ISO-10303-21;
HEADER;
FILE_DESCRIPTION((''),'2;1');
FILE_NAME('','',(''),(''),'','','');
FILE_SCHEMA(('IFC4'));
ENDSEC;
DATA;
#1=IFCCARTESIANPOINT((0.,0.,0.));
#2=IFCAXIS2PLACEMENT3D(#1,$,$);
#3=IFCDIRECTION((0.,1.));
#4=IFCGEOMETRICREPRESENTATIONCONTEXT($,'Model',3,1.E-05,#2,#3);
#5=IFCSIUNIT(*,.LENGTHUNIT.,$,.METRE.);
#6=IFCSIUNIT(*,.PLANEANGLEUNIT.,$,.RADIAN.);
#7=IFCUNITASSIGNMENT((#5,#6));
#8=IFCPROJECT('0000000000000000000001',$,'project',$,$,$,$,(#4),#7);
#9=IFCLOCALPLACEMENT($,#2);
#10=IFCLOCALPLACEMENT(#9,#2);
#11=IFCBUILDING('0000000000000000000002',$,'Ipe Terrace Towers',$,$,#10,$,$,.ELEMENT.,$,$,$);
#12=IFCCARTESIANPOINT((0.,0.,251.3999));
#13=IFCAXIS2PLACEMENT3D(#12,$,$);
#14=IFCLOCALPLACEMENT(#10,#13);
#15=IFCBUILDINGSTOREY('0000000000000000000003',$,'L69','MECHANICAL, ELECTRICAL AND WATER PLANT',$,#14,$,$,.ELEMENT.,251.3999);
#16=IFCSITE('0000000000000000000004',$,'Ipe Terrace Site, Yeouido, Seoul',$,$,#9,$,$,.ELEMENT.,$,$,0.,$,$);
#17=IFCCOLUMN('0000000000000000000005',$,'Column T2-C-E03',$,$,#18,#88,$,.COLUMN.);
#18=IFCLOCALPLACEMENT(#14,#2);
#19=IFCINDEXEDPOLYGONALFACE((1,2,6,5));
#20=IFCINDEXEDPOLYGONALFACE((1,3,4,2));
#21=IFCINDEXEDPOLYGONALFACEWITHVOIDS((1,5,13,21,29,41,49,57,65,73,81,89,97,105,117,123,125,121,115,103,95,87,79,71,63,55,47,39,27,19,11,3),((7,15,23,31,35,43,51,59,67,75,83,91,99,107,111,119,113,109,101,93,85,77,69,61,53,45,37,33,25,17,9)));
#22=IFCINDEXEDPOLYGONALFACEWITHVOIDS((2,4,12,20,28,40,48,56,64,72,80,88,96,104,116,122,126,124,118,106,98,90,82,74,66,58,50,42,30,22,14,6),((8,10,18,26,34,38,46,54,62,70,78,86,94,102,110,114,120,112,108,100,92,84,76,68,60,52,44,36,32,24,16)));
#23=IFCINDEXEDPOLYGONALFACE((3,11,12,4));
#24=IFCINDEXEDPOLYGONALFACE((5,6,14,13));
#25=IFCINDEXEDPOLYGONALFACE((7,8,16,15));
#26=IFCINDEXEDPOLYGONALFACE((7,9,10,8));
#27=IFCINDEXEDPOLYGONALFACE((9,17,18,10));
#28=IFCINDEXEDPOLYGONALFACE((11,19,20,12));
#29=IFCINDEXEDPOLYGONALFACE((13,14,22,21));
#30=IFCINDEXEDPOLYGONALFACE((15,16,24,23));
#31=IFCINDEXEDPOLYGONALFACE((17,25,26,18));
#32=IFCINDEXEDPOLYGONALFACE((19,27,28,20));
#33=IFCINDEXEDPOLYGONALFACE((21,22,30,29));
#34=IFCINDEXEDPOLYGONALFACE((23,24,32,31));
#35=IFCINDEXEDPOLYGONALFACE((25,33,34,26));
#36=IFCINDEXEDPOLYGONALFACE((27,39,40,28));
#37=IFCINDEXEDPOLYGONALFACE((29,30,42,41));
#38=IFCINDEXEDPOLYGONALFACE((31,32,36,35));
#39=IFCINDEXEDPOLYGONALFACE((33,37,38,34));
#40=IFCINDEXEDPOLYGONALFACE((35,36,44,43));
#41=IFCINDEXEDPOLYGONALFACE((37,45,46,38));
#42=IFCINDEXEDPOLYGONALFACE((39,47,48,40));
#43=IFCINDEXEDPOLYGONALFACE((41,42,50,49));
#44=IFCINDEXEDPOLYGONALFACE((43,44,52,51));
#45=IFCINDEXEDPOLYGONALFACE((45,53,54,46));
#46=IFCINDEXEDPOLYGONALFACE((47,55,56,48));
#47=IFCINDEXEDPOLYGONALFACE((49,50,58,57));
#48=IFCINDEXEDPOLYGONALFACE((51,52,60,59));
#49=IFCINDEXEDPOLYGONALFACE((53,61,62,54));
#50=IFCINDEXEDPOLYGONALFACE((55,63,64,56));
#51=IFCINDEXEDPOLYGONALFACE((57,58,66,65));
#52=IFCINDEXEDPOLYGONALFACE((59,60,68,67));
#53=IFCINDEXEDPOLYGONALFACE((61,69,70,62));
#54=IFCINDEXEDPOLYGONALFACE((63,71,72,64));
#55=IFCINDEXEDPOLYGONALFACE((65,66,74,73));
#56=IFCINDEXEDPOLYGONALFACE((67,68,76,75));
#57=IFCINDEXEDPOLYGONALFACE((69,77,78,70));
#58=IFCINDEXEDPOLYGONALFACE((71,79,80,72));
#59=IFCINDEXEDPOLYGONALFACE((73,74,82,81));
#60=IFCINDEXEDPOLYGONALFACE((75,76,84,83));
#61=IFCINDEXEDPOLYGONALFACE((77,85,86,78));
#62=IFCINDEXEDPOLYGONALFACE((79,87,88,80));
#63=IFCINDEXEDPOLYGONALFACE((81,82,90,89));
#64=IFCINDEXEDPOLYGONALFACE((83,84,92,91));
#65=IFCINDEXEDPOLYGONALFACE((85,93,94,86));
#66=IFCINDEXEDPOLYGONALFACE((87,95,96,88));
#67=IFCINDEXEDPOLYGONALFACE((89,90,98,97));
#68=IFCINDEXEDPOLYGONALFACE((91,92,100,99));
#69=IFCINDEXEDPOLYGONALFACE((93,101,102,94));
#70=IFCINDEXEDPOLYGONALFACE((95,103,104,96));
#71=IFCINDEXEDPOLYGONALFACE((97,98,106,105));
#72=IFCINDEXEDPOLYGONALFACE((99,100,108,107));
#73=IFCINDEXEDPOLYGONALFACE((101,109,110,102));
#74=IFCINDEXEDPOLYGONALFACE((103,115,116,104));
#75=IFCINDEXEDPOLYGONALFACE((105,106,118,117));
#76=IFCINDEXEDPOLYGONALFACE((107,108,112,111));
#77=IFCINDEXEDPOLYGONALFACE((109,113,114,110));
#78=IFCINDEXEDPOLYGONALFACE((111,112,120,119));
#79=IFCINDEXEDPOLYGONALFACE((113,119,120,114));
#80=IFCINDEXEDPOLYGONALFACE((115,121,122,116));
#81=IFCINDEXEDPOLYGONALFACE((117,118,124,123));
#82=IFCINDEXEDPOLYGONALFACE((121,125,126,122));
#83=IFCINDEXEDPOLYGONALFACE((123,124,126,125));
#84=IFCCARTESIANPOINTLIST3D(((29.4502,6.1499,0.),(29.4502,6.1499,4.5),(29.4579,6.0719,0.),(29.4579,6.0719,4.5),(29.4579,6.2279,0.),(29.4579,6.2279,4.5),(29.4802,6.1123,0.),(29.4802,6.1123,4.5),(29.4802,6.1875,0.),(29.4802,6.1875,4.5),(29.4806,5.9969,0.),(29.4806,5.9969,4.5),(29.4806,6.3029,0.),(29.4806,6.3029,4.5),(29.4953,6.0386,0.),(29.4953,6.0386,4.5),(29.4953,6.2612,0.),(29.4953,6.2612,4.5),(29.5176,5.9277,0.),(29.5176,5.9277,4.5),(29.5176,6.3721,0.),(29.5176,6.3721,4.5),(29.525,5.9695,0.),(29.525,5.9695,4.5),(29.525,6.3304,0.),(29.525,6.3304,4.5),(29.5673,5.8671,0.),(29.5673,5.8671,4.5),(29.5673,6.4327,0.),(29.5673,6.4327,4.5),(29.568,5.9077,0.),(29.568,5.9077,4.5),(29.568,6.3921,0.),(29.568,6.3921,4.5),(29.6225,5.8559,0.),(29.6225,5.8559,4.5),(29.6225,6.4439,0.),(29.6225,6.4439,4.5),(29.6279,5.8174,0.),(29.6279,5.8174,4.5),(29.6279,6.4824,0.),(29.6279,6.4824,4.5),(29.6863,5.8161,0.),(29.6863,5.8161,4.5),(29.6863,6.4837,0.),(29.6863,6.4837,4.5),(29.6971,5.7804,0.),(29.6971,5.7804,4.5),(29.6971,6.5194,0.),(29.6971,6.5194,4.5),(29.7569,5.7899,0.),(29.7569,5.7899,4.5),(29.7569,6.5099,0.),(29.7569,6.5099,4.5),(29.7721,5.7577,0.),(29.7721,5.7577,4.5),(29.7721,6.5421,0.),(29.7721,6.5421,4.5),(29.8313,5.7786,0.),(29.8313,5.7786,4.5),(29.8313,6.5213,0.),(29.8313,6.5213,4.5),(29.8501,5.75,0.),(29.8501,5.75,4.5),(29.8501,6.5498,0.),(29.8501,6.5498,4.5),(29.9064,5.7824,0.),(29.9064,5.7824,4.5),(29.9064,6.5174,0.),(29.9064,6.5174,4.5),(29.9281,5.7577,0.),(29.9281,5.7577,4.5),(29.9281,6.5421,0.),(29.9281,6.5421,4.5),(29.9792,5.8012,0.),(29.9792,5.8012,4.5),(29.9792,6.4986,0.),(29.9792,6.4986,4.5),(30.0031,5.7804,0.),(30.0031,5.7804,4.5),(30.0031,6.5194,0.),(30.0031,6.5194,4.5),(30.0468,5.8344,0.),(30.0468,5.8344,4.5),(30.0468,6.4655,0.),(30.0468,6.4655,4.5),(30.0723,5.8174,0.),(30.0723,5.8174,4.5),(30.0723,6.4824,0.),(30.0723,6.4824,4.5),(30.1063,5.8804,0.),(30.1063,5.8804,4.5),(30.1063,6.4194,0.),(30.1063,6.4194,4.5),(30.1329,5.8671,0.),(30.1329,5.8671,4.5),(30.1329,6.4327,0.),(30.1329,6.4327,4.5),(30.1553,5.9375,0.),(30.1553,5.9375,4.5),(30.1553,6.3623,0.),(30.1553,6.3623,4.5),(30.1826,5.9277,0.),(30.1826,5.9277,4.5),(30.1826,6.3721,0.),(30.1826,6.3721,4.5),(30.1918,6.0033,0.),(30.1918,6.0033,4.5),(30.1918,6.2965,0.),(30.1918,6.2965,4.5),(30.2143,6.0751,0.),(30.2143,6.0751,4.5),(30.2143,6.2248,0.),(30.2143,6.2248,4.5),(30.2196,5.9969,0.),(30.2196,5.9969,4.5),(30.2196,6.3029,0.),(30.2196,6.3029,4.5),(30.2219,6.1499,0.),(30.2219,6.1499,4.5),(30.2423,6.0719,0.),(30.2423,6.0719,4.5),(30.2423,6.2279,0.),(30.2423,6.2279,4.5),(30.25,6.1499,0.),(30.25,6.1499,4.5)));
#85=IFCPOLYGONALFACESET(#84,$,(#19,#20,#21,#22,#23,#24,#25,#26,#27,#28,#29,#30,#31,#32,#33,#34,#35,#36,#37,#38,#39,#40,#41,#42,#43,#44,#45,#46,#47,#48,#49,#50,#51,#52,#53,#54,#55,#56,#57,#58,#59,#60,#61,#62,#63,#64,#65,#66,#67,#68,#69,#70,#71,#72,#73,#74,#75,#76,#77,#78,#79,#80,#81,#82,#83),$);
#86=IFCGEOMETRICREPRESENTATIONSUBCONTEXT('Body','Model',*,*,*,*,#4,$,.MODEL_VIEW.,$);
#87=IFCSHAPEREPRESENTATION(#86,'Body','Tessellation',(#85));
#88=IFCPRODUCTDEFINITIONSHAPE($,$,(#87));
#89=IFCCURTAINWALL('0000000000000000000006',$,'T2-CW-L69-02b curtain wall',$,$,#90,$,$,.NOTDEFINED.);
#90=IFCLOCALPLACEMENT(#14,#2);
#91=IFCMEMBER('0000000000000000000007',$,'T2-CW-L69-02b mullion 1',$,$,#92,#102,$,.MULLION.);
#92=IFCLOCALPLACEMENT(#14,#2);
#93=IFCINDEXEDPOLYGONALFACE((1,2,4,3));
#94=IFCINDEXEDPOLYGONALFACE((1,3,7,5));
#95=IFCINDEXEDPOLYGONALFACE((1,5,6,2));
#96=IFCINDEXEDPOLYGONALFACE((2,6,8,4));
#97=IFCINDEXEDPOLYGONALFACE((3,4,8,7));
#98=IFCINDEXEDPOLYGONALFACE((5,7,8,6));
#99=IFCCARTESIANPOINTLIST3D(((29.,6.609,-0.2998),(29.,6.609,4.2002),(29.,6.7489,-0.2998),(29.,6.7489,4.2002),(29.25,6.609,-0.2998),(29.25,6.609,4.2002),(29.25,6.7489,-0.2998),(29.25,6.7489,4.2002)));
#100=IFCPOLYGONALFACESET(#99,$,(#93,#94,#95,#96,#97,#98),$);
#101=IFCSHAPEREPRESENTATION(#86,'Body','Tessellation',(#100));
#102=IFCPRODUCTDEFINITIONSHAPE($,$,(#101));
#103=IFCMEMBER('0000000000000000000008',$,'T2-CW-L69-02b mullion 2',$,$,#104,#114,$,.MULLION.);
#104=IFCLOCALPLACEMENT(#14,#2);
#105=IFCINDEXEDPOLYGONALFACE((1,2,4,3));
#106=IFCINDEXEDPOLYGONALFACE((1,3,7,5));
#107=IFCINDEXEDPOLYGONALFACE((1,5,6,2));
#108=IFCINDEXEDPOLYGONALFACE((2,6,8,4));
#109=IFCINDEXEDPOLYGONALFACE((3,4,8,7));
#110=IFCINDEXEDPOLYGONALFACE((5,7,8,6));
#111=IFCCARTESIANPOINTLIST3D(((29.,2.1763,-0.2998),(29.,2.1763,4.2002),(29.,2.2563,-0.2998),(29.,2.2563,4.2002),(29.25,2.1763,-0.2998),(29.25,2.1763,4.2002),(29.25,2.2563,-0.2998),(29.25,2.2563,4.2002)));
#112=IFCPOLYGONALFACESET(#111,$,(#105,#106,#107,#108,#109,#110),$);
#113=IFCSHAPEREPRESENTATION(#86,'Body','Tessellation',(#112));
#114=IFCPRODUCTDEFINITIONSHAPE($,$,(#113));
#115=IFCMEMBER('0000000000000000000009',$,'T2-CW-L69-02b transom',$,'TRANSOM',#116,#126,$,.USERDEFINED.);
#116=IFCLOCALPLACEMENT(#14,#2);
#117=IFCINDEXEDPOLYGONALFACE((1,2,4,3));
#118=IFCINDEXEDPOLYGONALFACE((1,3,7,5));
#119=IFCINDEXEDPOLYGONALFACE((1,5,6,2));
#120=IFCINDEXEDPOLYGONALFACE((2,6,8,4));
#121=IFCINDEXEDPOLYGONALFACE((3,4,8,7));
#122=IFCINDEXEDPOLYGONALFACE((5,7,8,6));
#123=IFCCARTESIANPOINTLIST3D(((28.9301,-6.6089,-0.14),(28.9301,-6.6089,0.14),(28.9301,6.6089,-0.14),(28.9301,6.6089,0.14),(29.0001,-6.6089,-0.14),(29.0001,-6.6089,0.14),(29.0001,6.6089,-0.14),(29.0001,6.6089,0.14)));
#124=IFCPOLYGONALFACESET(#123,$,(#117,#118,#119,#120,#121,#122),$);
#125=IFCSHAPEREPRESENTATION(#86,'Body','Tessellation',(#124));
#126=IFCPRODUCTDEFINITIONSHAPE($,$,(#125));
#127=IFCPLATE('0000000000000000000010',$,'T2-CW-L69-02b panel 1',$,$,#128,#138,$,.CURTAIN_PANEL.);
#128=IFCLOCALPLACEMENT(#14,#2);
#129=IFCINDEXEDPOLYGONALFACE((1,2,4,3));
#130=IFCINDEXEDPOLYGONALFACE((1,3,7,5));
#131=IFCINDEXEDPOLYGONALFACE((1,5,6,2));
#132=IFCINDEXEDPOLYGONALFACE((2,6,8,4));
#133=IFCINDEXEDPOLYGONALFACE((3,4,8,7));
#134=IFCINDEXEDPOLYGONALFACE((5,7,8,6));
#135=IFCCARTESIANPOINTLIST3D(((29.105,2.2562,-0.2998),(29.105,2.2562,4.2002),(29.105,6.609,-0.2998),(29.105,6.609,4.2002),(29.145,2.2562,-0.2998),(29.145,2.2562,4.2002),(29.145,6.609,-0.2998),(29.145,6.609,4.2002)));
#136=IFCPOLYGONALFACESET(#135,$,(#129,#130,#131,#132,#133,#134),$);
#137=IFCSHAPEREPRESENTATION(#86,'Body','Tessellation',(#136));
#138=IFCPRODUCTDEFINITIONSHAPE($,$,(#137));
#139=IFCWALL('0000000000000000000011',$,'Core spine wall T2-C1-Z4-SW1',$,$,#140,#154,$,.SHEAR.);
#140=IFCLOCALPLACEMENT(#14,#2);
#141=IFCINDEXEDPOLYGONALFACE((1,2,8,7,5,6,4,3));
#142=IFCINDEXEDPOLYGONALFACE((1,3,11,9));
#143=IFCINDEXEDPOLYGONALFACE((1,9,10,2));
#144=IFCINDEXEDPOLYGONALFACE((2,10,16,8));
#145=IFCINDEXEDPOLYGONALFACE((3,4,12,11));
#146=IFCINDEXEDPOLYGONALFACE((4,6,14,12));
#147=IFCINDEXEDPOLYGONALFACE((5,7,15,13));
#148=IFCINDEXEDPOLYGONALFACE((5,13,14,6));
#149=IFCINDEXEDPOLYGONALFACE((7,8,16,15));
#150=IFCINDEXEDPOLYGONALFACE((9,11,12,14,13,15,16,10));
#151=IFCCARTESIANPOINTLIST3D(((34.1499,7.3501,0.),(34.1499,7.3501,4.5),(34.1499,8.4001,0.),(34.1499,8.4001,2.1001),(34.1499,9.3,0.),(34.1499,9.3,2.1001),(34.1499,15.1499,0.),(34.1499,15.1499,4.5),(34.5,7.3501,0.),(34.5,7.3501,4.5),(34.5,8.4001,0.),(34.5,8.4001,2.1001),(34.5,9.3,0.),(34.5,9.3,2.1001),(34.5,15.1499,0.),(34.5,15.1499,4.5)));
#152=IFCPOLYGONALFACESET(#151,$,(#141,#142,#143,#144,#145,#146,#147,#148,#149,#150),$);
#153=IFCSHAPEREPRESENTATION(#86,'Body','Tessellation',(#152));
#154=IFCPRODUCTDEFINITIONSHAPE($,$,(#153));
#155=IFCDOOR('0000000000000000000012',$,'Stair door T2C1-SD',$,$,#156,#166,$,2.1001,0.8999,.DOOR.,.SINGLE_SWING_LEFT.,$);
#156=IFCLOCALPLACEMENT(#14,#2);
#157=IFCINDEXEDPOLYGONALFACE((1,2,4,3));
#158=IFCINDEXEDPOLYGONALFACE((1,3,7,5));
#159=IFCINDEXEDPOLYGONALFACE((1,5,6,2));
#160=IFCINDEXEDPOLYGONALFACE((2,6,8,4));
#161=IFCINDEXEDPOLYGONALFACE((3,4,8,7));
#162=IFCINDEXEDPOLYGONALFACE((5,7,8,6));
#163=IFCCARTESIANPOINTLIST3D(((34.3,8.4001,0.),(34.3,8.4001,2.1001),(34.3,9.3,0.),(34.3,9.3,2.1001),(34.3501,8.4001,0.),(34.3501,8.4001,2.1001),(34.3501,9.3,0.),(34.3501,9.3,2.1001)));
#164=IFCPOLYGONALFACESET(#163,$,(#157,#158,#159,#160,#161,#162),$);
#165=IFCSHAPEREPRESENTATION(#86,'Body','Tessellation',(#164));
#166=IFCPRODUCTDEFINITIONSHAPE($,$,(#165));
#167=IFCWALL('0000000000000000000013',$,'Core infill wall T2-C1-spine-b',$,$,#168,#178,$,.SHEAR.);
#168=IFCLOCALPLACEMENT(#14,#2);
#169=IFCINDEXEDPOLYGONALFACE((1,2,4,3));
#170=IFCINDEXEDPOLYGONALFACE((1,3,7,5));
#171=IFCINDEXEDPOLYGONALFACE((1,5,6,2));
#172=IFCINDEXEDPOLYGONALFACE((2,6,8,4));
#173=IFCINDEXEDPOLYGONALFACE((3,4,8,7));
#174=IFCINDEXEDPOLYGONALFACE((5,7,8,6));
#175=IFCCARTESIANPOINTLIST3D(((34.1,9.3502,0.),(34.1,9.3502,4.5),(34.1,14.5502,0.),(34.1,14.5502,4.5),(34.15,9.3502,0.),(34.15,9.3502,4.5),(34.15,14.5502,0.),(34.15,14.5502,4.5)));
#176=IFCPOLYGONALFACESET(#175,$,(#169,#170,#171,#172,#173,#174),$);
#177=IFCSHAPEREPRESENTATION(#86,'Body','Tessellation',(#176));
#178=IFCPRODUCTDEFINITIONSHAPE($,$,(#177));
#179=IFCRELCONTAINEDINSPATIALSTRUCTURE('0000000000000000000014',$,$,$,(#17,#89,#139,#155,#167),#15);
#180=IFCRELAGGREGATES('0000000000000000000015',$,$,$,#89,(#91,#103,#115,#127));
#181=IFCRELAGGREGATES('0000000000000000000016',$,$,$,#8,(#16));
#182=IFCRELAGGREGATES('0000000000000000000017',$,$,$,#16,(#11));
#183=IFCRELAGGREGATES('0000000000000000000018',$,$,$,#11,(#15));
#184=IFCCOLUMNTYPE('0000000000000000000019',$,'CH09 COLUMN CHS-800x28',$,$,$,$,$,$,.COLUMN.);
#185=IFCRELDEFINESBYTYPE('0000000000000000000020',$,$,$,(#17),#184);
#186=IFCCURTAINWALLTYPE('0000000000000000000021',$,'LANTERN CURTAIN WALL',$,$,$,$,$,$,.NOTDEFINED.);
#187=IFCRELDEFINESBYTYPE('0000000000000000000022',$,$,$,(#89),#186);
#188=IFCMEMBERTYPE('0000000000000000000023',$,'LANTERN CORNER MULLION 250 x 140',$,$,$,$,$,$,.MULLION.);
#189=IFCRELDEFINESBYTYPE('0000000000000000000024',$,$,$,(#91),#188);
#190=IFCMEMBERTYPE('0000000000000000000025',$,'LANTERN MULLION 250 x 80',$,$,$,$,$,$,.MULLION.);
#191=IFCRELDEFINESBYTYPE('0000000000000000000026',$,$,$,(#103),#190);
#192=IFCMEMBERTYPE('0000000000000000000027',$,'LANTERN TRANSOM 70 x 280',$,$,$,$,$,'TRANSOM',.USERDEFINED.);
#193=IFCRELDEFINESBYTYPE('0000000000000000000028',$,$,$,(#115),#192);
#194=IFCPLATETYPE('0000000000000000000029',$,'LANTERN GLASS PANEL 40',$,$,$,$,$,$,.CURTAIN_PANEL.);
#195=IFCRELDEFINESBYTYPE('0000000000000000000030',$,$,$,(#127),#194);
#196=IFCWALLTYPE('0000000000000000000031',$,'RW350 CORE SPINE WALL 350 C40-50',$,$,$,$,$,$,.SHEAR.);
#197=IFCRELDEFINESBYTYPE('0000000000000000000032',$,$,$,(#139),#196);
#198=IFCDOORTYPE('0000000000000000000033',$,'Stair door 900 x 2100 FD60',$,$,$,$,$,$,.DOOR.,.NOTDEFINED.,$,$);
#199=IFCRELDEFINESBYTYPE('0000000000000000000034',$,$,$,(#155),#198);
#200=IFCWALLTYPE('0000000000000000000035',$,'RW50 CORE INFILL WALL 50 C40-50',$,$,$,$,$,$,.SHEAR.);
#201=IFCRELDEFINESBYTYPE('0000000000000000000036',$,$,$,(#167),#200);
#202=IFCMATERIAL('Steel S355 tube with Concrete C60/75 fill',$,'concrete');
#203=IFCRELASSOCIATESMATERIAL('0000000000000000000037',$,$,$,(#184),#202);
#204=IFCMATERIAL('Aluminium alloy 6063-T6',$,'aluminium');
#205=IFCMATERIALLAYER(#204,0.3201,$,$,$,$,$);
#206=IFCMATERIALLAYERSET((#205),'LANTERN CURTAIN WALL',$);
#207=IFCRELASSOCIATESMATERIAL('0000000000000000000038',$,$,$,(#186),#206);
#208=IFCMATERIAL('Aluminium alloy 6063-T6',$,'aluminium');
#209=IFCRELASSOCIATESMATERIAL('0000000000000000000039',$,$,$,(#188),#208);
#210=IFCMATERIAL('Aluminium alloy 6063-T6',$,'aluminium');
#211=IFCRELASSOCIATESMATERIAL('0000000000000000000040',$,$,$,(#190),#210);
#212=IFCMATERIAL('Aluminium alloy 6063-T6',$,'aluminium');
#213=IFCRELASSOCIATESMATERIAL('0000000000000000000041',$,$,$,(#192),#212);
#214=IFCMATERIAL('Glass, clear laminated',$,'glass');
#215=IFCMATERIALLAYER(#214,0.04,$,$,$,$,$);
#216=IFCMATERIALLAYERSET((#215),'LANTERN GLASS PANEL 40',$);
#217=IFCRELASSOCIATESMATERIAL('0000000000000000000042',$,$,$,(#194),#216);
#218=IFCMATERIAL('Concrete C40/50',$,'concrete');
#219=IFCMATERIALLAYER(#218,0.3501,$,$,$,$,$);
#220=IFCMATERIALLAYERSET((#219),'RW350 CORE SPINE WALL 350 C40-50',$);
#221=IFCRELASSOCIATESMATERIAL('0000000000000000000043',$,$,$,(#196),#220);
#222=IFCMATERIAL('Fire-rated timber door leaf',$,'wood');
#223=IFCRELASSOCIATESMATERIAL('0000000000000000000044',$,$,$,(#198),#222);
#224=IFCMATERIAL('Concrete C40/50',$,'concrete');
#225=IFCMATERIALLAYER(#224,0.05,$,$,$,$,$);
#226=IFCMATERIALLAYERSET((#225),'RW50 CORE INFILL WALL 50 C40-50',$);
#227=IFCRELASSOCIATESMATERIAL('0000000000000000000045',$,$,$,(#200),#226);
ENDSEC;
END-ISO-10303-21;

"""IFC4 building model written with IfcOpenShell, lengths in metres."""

from ifc_helpers import new_model, si_unit, direction, frame, frame_2d, origin, origin_2d, place, context, subcontext, project, spatial, rectangle, hollow_circle, extrude, material, layer, layer_set, material_profile, profile_set, type_object, element, fill, aggregate, save


model = new_model("IFC4")

# Units and contexts
model_context = context("Model", 3, precision=1e-05, world=origin(), true_north=direction((0.0, 1.0)))
body_context = subcontext(model_context, "Body", "Model", "MODEL_VIEW")
ifc_project = project(units=[si_unit("LENGTHUNIT", "METRE"), si_unit("PLANEANGLEUNIT", "RADIAN")], contexts=[model_context])

# Site, building, storey
site_placement = place(None, origin())
site = spatial("IfcSite", under=ifc_project, at=site_placement, Name="Ipe Terrace Site, Yeouido, Seoul", CompositionType="ELEMENT", RefElevation=0.0)
building_placement = place(site_placement, origin())
building = spatial("IfcBuilding", under=site, at=building_placement, Name="Ipe Terrace Towers", CompositionType="ELEMENT")
storey_placement = place(building_placement, frame((0.0, 0.0, 251.3999)))
storey = spatial("IfcBuildingStorey", under=building, at=storey_placement, Name="L69", Description="MECHANICAL, ELECTRICAL AND WATER PLANT", CompositionType="ELEMENT", Elevation=251.3999)

# Column
ifc_material_1 = material(Name="Steel S355 tube with Concrete C60/75 fill", Category="concrete")
ifc_material_profile_1 = material_profile(ifc_material_1, hollow_circle(Radius=0.3999, WallThickness=0.0281, at=origin_2d()), Name="CHS-800x28")
ifc_profile_set_1 = profile_set([ifc_material_profile_1], Name="Steel S355 tube with Concrete C60/75 fill")
column_type = type_object("IfcColumnType", Name="CH09 COLUMN CHS-800x28", PredefinedType="COLUMN", material=ifc_profile_set_1)
column_placement = place(storey_placement, frame((29.8501, 6.1499, 0.0), z_axis=(0.0, 0.0, 1.0), x_axis=(1.0, 0.0, 0.0)))
element("IfcColumn", 1, at=column_placement, inside=storey, type_object=column_type, Name="Column T2-C-E03", PredefinedType="COLUMN", context=body_context, shape_type="SweptSolid", body=[
    extrude(hollow_circle(Radius=0.3999, WallThickness=0.0281, at=origin_2d()), origin(), (0.0, 0.0, 1.0), 4.5),
])

# Curtain wall, members, plate
ifc_material_2 = material(Name="Aluminium alloy 6063-T6", Category="aluminium")
ifc_layer_1 = layer(ifc_material_2, 0.3201)
ifc_layer_set_1 = layer_set([ifc_layer_1], Name="LANTERN CURTAIN WALL")
curtain_wall_type = type_object("IfcCurtainWallType", Name="LANTERN CURTAIN WALL", PredefinedType="NOTDEFINED", material=ifc_layer_set_1)
curtain_wall_placement = place(storey_placement, origin())
curtain_wall = element("IfcCurtainWall", 2, at=curtain_wall_placement, inside=storey, type_object=curtain_wall_type, Name="T2-CW-L69-02b curtain wall", PredefinedType="NOTDEFINED")
ifc_material_3 = material(Name="Aluminium alloy 6063-T6", Category="aluminium")
ifc_material_profile_2 = material_profile(ifc_material_3, rectangle(XDim=0.25, YDim=0.1399, at=origin_2d()), Name="LANTERN CORNER MULLION 250 x 140")
ifc_profile_set_2 = profile_set([ifc_material_profile_2], Name="Aluminium alloy 6063-T6")
member_type_1 = type_object("IfcMemberType", Name="LANTERN CORNER MULLION 250 x 140", PredefinedType="MULLION", material=ifc_profile_set_2)
member_1_placement = place(storey_placement, frame((29.125, 6.679, -0.2998), z_axis=(0.0, 0.0, 1.0), x_axis=(-1.0, 0.0, 0.0)))
member_1 = element("IfcMember", 3, at=member_1_placement, type_object=member_type_1, Name="T2-CW-L69-02b mullion 1", PredefinedType="MULLION", context=body_context, shape_type="SweptSolid", body=[
    extrude(rectangle(XDim=0.25, YDim=0.1399, at=origin_2d()), origin(), (0.0, 0.0, 1.0), 4.5),
])
ifc_material_4 = material(Name="Aluminium alloy 6063-T6", Category="aluminium")
ifc_material_profile_3 = material_profile(ifc_material_4, rectangle(XDim=0.25, YDim=0.0801, at=origin_2d()), Name="LANTERN MULLION 250 x 80")
ifc_profile_set_3 = profile_set([ifc_material_profile_3], Name="Aluminium alloy 6063-T6")
member_type_2 = type_object("IfcMemberType", Name="LANTERN MULLION 250 x 80", PredefinedType="MULLION", material=ifc_profile_set_3)
member_2_placement = place(storey_placement, frame((29.125, 2.2163, -0.2998), z_axis=(0.0, 0.0, 1.0), x_axis=(-1.0, 0.0, 0.0)))
member_2 = element("IfcMember", 4, at=member_2_placement, type_object=member_type_2, Name="T2-CW-L69-02b mullion 2", PredefinedType="MULLION", context=body_context, shape_type="SweptSolid", body=[
    extrude(rectangle(XDim=0.25, YDim=0.0801, at=origin_2d()), origin(), (0.0, 0.0, 1.0), 4.5),
])
ifc_material_5 = material(Name="Aluminium alloy 6063-T6", Category="aluminium")
ifc_material_profile_4 = material_profile(ifc_material_5, rectangle(XDim=0.0701, YDim=0.28, at=origin_2d()), Name="LANTERN TRANSOM 70 x 280")
ifc_profile_set_4 = profile_set([ifc_material_profile_4], Name="Aluminium alloy 6063-T6")
member_type_3 = type_object("IfcMemberType", Name="LANTERN TRANSOM 70 x 280", ElementType="TRANSOM", PredefinedType="USERDEFINED", material=ifc_profile_set_4)
member_3_placement = place(storey_placement, frame((28.9651, 6.6089, 0.0), z_axis=(0.0, -1.0, 0.0), x_axis=(-1.0, 0.0, 0.0)))
member_3 = element("IfcMember", 5, at=member_3_placement, type_object=member_type_3, Name="T2-CW-L69-02b transom", ObjectType="TRANSOM", PredefinedType="USERDEFINED", context=body_context, shape_type="SweptSolid", body=[
    extrude(rectangle(XDim=0.0701, YDim=0.28, at=origin_2d()), origin(), (0.0, 0.0, 1.0), 13.2178),
])
ifc_material_6 = material(Name="Glass, clear laminated", Category="glass")
ifc_layer_2 = layer(ifc_material_6, 0.04)
ifc_layer_set_2 = layer_set([ifc_layer_2], Name="LANTERN GLASS PANEL 40")
plate_type = type_object("IfcPlateType", Name="LANTERN GLASS PANEL 40", PredefinedType="CURTAIN_PANEL", material=ifc_layer_set_2)
plate_placement = place(storey_placement, frame((29.125, 4.4326, -0.2998), z_axis=(0.0, 0.0, 1.0), x_axis=(0.0, -1.0, 0.0)))
plate = element("IfcPlate", 6, at=plate_placement, type_object=plate_type, Name="T2-CW-L69-02b panel 1", PredefinedType="CURTAIN_PANEL", context=body_context, shape_type="SweptSolid", body=[
    extrude(rectangle(XDim=4.3528, YDim=0.04, at=origin_2d()), origin(), (0.0, 0.0, 1.0), 4.5),
])
aggregate(curtain_wall, [member_1, member_2, member_3, plate])

# Wall, opening, door
ifc_material_7 = material(Name="Concrete C40/50", Category="concrete")
ifc_layer_3 = layer(ifc_material_7, 0.3501)
ifc_layer_set_3 = layer_set([ifc_layer_3], Name="RW350 CORE SPINE WALL 350 C40-50")
wall_type_1 = type_object("IfcWallType", Name="RW350 CORE SPINE WALL 350 C40-50", PredefinedType="SHEAR", material=ifc_layer_set_3)
wall_1_placement = place(storey_placement, frame((34.325, 7.3501, 0.0), z_axis=(0.0, 0.0, 1.0), x_axis=(0.0, 1.0, 0.0)))
wall_1 = element("IfcWall", 7, at=wall_1_placement, inside=storey, type_object=wall_type_1, Name="Core spine wall T2-C1-Z4-SW1", PredefinedType="SHEAR", context=body_context, shape_type="SweptSolid", body=[
    extrude(rectangle(XDim=7.7998, YDim=0.3501, at=frame_2d((3.8999, 0.0))), origin(), (0.0, 0.0, 1.0), 4.5),
])
opening_1_placement = place(wall_1_placement, frame((1.05, 0.0, 0.0)))
opening_1 = element("IfcOpeningElement", 8, at=opening_1_placement, cuts=wall_1, PredefinedType="OPENING", context=body_context, shape_type="SweptSolid", body=[
    extrude(rectangle(XDim=0.8999, YDim=2.1001, at=frame_2d((0.45, 1.05))), frame((0.0, 0.1851, 0.0), z_axis=(0.0, -1.0, 0.0), x_axis=(1.0, 0.0, 0.0)), (0.0, 0.0, 1.0), 0.3701),
])
ifc_material_8 = material(Name="Fire-rated timber door leaf", Category="wood")
door_type_1 = type_object("IfcDoorType", Name="Stair door 900 x 2100 FD60", OperationType="NOTDEFINED", PredefinedType="DOOR", material=ifc_material_8)
door_1_placement = place(opening_1_placement, origin())
door_1 = element("IfcDoor", 9, at=door_1_placement, inside=storey, type_object=door_type_1, Name="Stair door T2C1-SD", OperationType="SINGLE_SWING_LEFT", OverallHeight=2.1001, OverallWidth=0.8999, PredefinedType="DOOR", context=body_context, shape_type="SweptSolid", body=[
    extrude(rectangle(XDim=0.8999, YDim=2.1001, at=frame_2d((0.45, 1.05))), frame((0.0, 0.0249, 0.0), z_axis=(0.0, -1.0, 0.0), x_axis=(1.0, 0.0, 0.0)), (0.0, 0.0, 1.0), 0.05),
])
fill(opening_1, door_1)

# Wall
ifc_material_9 = material(Name="Concrete C40/50", Category="concrete")
ifc_layer_4 = layer(ifc_material_9, 0.05)
ifc_layer_set_4 = layer_set([ifc_layer_4], Name="RW50 CORE INFILL WALL 50 C40-50")
wall_type_2 = type_object("IfcWallType", Name="RW50 CORE INFILL WALL 50 C40-50", PredefinedType="SHEAR", material=ifc_layer_set_4)
wall_2_placement = place(storey_placement, frame((34.125, 9.3501, 0.0), z_axis=(0.0, 0.0, 1.0), x_axis=(0.0, 1.0, 0.0)))
element("IfcWall", 10, at=wall_2_placement, inside=storey, type_object=wall_type_2, Name="Core infill wall T2-C1-spine-b", PredefinedType="SHEAR", context=body_context, shape_type="SweptSolid", body=[
    extrude(rectangle(XDim=5.2, YDim=0.05, at=frame_2d((2.6001, 0.0))), origin(), (0.0, 0.0, 1.0), 4.5),
])

save(model, "model.ifc")
